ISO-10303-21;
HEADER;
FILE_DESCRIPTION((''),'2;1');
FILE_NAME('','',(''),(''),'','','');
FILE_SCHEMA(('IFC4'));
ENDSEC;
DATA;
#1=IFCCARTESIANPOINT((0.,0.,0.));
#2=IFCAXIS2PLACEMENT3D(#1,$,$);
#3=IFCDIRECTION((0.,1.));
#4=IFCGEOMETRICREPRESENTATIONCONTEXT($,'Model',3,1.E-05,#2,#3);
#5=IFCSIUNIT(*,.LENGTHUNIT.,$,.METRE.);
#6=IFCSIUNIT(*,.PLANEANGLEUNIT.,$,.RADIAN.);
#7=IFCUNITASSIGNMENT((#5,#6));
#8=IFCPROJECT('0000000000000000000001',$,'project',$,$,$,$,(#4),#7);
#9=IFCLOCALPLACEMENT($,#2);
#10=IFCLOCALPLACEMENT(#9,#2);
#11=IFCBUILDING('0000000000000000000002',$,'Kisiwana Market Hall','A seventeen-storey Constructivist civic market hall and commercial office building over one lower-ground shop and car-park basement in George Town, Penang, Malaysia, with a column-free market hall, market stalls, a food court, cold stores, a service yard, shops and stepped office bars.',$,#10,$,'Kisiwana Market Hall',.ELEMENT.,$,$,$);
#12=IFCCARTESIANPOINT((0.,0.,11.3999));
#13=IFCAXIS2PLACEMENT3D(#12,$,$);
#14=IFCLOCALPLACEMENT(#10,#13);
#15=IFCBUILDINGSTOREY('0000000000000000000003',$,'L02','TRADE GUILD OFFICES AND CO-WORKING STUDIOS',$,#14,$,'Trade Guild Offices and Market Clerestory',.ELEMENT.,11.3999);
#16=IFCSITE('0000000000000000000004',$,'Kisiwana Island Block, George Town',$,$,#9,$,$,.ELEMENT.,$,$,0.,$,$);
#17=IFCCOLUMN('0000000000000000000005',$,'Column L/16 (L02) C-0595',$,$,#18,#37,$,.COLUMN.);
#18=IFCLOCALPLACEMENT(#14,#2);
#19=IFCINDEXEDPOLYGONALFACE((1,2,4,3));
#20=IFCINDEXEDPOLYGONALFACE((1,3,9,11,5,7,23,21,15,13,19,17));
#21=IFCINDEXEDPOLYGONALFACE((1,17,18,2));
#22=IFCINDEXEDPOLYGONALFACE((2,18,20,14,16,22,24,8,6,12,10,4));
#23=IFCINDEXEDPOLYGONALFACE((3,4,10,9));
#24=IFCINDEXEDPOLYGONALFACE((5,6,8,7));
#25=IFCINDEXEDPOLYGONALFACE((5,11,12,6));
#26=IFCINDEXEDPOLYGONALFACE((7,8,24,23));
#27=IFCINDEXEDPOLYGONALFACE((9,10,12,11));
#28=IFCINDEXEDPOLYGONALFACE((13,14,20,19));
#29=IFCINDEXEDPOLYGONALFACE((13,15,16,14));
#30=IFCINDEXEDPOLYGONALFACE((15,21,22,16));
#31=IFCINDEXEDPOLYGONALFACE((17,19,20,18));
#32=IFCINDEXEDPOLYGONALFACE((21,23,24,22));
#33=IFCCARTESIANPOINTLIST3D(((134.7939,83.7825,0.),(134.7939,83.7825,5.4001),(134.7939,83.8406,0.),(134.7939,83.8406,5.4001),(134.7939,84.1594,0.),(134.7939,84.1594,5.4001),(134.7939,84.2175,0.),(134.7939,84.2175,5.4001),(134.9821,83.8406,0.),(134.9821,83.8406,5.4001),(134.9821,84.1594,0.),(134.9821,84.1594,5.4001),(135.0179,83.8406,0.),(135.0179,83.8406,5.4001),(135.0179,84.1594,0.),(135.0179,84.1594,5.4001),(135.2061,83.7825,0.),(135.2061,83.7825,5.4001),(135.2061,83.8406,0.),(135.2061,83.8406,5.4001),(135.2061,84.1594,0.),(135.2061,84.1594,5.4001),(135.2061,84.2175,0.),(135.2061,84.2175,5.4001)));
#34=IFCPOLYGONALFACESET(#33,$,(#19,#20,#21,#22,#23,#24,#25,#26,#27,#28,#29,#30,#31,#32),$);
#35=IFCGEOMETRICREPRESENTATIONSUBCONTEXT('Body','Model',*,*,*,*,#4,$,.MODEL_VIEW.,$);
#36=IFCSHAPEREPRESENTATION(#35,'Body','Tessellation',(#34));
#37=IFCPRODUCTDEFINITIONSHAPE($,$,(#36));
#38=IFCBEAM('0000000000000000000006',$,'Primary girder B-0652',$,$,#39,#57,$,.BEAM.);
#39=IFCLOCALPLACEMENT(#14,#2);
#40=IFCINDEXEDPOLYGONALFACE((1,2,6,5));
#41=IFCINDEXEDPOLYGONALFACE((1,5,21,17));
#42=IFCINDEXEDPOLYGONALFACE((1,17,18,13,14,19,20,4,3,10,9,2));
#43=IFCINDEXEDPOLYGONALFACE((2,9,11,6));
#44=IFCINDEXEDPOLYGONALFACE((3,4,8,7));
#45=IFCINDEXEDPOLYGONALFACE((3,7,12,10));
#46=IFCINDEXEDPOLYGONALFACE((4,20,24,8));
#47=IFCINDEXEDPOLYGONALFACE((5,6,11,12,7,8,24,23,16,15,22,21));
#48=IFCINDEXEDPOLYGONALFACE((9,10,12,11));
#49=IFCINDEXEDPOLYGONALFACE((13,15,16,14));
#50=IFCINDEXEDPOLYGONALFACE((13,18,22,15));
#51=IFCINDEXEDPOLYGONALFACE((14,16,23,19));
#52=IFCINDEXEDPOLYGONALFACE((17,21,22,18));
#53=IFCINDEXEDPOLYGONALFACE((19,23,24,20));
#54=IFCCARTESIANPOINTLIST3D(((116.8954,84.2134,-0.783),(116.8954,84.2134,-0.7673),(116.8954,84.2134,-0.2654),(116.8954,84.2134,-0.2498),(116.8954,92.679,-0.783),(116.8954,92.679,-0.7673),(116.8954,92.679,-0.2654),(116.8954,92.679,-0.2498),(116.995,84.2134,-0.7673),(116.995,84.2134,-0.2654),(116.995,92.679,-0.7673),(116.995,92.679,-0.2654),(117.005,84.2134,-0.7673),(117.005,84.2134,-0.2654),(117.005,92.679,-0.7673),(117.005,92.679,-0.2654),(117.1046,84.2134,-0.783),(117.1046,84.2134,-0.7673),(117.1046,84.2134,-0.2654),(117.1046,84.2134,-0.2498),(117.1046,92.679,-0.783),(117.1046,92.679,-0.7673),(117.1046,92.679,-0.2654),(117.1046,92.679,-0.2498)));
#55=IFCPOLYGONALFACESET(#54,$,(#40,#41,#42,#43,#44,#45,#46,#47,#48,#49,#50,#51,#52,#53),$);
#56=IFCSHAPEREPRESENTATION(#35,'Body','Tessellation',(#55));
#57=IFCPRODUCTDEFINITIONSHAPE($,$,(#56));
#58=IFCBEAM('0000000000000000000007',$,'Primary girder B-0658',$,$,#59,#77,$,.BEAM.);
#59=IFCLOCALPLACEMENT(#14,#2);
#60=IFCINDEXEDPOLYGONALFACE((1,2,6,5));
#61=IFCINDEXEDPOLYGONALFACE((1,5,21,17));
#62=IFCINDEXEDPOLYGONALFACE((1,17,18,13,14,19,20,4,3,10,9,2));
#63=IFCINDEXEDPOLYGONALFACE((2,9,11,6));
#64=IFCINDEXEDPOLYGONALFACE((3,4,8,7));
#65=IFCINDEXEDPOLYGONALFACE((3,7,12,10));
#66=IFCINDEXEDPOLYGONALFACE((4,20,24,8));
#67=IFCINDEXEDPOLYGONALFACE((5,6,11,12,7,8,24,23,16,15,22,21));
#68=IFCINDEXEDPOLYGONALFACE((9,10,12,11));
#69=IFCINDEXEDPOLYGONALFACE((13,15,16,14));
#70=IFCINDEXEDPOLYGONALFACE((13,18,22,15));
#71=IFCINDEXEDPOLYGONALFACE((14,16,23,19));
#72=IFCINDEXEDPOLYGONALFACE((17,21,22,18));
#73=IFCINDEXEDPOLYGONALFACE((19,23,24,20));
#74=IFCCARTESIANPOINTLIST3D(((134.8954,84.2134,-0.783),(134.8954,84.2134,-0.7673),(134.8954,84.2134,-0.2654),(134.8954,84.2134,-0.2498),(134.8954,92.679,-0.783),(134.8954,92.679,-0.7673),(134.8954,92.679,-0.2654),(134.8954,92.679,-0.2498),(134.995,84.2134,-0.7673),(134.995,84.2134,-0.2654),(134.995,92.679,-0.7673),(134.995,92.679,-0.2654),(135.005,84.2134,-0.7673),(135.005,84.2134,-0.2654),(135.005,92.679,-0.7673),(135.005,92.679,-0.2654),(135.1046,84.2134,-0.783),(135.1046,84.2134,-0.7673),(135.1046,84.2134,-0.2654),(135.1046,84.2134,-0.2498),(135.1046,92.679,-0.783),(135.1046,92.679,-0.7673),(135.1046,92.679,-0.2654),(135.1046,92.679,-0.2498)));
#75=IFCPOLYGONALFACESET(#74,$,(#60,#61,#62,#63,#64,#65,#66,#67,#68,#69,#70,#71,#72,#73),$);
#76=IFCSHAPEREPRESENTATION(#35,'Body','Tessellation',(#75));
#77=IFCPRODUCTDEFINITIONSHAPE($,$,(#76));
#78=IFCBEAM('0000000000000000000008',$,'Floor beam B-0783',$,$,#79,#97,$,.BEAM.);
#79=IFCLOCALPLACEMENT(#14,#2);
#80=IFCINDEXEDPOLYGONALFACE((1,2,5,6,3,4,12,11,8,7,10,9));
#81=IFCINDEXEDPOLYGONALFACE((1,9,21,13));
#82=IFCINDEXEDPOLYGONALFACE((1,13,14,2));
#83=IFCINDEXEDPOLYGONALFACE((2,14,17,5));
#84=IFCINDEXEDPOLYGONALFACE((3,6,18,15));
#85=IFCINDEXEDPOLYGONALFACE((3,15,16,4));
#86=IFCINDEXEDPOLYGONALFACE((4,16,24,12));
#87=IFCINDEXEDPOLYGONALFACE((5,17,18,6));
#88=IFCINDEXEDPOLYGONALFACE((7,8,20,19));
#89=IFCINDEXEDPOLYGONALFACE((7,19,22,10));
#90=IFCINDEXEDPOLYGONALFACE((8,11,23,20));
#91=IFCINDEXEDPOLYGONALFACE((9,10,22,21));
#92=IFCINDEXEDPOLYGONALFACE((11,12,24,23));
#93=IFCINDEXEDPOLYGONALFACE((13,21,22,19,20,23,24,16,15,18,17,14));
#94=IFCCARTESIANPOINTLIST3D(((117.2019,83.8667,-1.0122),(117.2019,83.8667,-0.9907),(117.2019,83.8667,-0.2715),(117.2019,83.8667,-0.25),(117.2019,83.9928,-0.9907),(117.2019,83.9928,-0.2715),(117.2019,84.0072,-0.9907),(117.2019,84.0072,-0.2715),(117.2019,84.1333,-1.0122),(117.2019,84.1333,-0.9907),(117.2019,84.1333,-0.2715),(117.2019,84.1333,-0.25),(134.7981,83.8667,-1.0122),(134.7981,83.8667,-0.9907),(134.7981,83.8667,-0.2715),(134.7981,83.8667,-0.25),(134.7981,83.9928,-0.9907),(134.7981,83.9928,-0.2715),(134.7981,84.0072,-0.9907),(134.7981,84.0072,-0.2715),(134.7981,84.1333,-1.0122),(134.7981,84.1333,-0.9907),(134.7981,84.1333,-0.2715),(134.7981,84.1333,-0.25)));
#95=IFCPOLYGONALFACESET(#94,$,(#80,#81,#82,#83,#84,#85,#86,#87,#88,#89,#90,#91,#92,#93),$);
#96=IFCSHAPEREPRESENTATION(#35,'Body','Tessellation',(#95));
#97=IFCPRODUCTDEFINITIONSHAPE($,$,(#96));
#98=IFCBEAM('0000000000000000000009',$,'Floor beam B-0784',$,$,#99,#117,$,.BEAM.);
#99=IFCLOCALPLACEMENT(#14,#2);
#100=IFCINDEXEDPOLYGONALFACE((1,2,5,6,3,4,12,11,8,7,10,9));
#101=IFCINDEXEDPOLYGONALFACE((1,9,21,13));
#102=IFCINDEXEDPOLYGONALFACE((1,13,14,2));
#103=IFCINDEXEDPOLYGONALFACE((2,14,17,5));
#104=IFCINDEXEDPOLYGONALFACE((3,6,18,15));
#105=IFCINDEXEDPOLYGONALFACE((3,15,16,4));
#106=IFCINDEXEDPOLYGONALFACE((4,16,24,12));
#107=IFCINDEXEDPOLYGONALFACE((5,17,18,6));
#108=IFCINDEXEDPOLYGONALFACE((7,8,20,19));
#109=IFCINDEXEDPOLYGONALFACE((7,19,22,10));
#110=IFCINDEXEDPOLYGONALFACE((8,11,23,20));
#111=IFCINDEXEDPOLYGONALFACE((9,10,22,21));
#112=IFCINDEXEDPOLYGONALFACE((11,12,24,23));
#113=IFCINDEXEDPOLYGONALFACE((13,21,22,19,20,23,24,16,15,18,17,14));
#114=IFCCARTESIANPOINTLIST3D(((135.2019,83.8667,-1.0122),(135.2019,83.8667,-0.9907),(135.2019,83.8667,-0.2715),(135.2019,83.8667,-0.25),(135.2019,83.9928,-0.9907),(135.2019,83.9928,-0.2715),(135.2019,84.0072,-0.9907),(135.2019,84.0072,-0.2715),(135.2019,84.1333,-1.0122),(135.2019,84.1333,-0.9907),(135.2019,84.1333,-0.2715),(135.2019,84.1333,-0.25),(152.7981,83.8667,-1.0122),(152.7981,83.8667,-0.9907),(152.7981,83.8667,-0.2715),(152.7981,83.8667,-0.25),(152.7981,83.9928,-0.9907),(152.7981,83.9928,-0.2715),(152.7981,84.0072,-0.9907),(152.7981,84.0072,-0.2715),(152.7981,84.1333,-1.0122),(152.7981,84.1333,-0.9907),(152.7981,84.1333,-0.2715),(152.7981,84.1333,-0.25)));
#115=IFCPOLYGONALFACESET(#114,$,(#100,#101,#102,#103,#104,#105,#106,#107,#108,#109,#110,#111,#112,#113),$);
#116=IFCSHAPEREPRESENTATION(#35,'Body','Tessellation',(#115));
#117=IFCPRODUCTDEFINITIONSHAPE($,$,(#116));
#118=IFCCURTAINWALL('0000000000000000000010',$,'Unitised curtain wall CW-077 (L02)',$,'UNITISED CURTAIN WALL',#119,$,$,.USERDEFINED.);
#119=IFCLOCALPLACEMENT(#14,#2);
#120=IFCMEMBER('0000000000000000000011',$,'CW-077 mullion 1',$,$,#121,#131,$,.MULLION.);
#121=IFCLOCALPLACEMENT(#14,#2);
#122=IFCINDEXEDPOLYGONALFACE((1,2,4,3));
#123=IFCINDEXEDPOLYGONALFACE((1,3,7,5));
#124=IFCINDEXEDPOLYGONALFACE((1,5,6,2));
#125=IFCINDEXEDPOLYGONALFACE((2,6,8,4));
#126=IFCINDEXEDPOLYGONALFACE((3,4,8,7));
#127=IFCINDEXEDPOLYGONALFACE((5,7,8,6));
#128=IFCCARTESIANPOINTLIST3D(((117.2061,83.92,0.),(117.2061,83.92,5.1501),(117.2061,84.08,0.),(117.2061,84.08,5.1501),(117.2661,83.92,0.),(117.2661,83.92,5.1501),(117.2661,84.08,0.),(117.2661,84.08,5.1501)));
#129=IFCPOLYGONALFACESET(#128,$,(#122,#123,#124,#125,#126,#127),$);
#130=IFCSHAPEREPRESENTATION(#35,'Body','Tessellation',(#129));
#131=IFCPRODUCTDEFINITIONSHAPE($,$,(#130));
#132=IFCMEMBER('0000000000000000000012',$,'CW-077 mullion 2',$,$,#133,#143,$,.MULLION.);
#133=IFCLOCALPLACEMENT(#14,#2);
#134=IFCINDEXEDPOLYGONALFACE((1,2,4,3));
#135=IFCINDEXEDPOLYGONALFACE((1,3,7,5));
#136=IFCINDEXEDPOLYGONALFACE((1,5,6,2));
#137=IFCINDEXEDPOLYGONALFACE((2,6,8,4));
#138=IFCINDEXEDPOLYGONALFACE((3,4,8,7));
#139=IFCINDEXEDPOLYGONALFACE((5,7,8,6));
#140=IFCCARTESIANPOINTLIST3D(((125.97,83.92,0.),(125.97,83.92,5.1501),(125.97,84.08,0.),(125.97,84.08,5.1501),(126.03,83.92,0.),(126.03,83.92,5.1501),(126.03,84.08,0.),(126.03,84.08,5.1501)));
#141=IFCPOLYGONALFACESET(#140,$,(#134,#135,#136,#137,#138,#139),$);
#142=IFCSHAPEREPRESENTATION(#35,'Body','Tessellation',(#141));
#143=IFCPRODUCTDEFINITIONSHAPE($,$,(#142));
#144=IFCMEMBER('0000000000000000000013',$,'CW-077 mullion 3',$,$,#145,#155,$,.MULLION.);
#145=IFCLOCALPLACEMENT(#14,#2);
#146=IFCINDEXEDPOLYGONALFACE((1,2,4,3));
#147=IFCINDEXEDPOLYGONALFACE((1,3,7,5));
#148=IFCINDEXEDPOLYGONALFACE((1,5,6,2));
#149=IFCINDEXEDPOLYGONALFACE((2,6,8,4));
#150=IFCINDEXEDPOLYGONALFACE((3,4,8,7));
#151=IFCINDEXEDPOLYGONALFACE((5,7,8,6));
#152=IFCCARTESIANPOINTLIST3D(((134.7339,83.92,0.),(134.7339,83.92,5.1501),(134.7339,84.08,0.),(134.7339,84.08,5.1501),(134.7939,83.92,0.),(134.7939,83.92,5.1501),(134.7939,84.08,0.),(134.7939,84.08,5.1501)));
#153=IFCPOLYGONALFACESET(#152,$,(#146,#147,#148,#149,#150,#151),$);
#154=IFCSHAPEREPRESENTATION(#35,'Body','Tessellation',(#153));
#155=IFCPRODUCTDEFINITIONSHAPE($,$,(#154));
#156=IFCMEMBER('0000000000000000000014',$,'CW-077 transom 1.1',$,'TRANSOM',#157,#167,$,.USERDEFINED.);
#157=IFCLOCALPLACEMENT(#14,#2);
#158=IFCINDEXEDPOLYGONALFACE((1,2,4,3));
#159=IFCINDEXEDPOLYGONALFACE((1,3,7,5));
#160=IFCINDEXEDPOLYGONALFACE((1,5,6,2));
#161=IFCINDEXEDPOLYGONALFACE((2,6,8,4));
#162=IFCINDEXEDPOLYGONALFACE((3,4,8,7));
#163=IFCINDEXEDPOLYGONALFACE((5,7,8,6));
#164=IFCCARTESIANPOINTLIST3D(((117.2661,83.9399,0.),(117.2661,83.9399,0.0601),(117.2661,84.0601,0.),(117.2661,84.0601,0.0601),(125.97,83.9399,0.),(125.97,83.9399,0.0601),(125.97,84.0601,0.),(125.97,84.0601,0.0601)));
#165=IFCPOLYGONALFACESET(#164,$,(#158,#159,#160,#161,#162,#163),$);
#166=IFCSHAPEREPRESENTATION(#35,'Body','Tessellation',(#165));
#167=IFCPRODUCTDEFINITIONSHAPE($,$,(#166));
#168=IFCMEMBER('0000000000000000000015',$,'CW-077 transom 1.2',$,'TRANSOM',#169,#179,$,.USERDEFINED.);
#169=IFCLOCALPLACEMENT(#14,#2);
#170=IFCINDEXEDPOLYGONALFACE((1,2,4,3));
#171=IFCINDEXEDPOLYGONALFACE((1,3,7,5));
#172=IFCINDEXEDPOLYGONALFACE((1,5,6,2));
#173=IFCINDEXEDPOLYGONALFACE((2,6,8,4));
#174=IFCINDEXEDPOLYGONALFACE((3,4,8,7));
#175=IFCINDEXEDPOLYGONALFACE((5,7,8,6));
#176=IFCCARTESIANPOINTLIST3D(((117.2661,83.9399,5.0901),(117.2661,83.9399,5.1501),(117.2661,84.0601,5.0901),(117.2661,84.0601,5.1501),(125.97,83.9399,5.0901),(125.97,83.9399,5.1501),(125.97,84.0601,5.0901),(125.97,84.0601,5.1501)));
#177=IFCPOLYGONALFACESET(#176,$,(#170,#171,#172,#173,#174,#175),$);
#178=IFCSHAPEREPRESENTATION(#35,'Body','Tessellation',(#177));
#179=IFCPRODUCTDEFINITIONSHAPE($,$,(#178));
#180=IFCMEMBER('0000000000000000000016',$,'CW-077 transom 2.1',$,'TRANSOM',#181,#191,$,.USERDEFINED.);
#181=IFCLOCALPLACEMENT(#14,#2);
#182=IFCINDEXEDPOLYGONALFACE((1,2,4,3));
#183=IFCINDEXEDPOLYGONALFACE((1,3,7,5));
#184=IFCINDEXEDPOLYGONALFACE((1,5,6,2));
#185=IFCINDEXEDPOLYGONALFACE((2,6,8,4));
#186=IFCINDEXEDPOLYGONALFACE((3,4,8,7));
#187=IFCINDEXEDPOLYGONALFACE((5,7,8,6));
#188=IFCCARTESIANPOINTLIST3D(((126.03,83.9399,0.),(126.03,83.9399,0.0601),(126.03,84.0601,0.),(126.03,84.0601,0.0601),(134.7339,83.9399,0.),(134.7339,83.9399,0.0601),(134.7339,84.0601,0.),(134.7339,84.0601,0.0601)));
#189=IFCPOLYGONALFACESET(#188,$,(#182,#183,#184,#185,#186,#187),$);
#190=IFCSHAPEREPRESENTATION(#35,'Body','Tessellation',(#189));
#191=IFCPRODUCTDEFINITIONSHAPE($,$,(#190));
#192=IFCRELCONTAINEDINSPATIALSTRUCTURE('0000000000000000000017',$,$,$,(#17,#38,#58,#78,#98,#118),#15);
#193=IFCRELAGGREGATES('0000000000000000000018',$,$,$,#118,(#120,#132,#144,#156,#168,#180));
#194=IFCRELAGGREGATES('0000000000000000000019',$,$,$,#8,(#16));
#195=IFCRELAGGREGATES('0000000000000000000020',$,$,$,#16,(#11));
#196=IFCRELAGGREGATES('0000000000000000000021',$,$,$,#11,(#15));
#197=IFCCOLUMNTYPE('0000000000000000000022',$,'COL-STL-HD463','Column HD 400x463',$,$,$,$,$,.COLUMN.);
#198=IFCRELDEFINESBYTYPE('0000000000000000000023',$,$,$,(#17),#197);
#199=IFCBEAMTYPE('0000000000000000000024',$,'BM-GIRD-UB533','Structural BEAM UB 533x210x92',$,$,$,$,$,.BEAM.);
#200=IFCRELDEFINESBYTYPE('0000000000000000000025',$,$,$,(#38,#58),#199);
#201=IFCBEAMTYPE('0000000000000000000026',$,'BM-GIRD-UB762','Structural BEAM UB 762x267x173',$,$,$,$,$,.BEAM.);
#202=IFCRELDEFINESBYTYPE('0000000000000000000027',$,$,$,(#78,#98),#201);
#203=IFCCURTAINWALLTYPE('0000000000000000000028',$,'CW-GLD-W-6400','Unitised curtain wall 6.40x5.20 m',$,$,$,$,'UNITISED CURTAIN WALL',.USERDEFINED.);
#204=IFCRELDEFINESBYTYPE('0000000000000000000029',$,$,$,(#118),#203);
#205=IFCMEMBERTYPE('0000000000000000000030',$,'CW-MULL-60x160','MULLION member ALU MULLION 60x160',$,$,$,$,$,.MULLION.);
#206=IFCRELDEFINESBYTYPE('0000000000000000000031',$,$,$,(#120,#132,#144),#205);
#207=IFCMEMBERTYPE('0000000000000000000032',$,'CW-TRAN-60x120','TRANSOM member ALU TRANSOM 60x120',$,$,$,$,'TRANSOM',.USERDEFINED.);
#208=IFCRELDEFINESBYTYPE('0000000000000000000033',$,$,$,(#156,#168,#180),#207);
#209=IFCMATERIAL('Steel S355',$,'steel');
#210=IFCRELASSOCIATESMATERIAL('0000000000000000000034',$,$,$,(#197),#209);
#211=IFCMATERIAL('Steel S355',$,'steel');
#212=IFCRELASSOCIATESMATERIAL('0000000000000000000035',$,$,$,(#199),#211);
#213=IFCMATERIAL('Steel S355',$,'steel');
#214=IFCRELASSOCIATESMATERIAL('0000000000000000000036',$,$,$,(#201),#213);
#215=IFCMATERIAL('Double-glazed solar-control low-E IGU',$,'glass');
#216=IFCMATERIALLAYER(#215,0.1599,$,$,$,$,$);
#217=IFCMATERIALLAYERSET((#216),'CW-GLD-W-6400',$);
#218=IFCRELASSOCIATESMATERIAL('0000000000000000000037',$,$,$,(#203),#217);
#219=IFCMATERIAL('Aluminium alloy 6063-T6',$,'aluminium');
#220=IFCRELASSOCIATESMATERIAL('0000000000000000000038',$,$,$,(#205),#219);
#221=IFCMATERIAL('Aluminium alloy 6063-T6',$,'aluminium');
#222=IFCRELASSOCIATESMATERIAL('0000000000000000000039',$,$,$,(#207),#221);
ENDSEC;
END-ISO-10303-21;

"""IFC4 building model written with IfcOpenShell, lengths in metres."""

from ifc_helpers import new_model, si_unit, direction, frame, origin, origin_2d, place, context, subcontext, project, spatial, rectangle, i_section, extrude, material, layer, layer_set, material_profile, profile_set, type_object, element, aggregate, save


model = new_model("IFC4")

# Units and contexts
model_context = context("Model", 3, precision=1e-05, world=origin(), true_north=direction((0.0, 1.0)))
body_context = subcontext(model_context, "Body", "Model", "MODEL_VIEW")
ifc_project = project(units=[si_unit("LENGTHUNIT", "METRE"), si_unit("PLANEANGLEUNIT", "RADIAN")], contexts=[model_context])

# Site, building, storey
site_placement = place(None, origin())
site = spatial("IfcSite", under=ifc_project, at=site_placement, Name="Kisiwana Island Block, George Town", CompositionType="ELEMENT", RefElevation=0.0)
building_placement = place(site_placement, origin())
building = spatial("IfcBuilding", under=site, at=building_placement, Name="Kisiwana Market Hall", Description="A seventeen-storey Constructivist civic market hall and commercial office building over one lower-ground shop and car-park basement in George Town, Penang, Malaysia, with a column-free market hall, market stalls, a food court, cold stores, a service yard, shops and stepped office bars.", LongName="Kisiwana Market Hall", CompositionType="ELEMENT")
storey_placement = place(building_placement, frame((0.0, 0.0, 11.3999)))
storey = spatial("IfcBuildingStorey", under=building, at=storey_placement, Name="L02", Description="TRADE GUILD OFFICES AND CO-WORKING STUDIOS", LongName="Trade Guild Offices and Market Clerestory", CompositionType="ELEMENT", Elevation=11.3999)

# Column
ifc_material_1 = material(Name="Steel S355", Category="steel")
ifc_material_profile_1 = material_profile(ifc_material_1, i_section(OverallWidth=0.4121, OverallDepth=0.4351, WebThickness=0.0359, FlangeThickness=0.0581, at=origin_2d()), Name="HD 400x463")
ifc_profile_set_1 = profile_set([ifc_material_profile_1], Name="Steel S355")
column_type = type_object("IfcColumnType", Name="COL-STL-HD463", Description="Column HD 400x463", PredefinedType="COLUMN", material=ifc_profile_set_1)
column_placement = place(storey_placement, frame((135.0, 84.0, 0.0), z_axis=(0.0, 0.0, 1.0), x_axis=(1.0, 0.0, 0.0)))
element("IfcColumn", 1, at=column_placement, inside=storey, type_object=column_type, Name="Column L/16 (L02) C-0595", PredefinedType="COLUMN", context=body_context, shape_type="SweptSolid", body=[
    extrude(i_section(OverallWidth=0.4121, OverallDepth=0.4351, WebThickness=0.0359, FlangeThickness=0.0581, at=origin_2d()), origin(), (0.0, 0.0, 1.0), 5.4001),
])

# Beams
ifc_material_2 = material(Name="Steel S355", Category="steel")
ifc_material_profile_2 = material_profile(ifc_material_2, i_section(OverallWidth=0.2092, OverallDepth=0.5332, WebThickness=0.01, FlangeThickness=0.0156, at=origin_2d()), Name="UB 533x210x92")
ifc_profile_set_2 = profile_set([ifc_material_profile_2], Name="Steel S355")
beam_type_1 = type_object("IfcBeamType", Name="BM-GIRD-UB533", Description="Structural BEAM UB 533x210x92", PredefinedType="BEAM", material=ifc_profile_set_2)
for number, where, z_axis, x_axis, name in (
    (2, (117.0, 84.2134, -0.5164), (0.0, 1.0, 0.0), (-1.0, 0.0, 0.0), "Primary girder B-0652"),
    (3, (135.0, 84.2134, -0.5164), (0.0, 1.0, 0.0), (-1.0, 0.0, 0.0), "Primary girder B-0658"),
):
    element("IfcBeam", number, at=place(storey_placement, frame(where, z_axis=z_axis, x_axis=x_axis)), inside=storey, type_object=beam_type_1, Name=name, PredefinedType="BEAM", context=body_context, shape_type="SweptSolid", body=[
        extrude(i_section(OverallWidth=0.2092, OverallDepth=0.5332, WebThickness=0.01, FlangeThickness=0.0156, at=origin_2d()), origin(), (0.0, 0.0, 1.0), 8.4656),
    ])
ifc_material_3 = material(Name="Steel S355", Category="steel")
ifc_material_profile_3 = material_profile(ifc_material_3, i_section(OverallWidth=0.2666, OverallDepth=0.7622, WebThickness=0.0144, FlangeThickness=0.0215, at=origin_2d()), Name="UB 762x267x173")
ifc_profile_set_3 = profile_set([ifc_material_profile_3], Name="Steel S355")
beam_type_2 = type_object("IfcBeamType", Name="BM-GIRD-UB762", Description="Structural BEAM UB 762x267x173", PredefinedType="BEAM", material=ifc_profile_set_3)
for number, where, z_axis, x_axis, name in (
    (4, (117.2019, 84.0, -0.6311), (1.0, 0.0, 0.0), (0.0, 1.0, 0.0), "Floor beam B-0783"),
    (5, (135.2019, 84.0, -0.6311), (1.0, 0.0, 0.0), (0.0, 1.0, 0.0), "Floor beam B-0784"),
):
    element("IfcBeam", number, at=place(storey_placement, frame(where, z_axis=z_axis, x_axis=x_axis)), inside=storey, type_object=beam_type_2, Name=name, PredefinedType="BEAM", context=body_context, shape_type="SweptSolid", body=[
        extrude(i_section(OverallWidth=0.2666, OverallDepth=0.7622, WebThickness=0.0144, FlangeThickness=0.0215, at=origin_2d()), origin(), (0.0, 0.0, 1.0), 17.5962),
    ])

# Curtain wall, members
ifc_material_4 = material(Name="Double-glazed solar-control low-E IGU", Category="glass")
ifc_layer_1 = layer(ifc_material_4, 0.1599)
ifc_layer_set_1 = layer_set([ifc_layer_1], Name="CW-GLD-W-6400")
curtain_wall_type = type_object("IfcCurtainWallType", Name="CW-GLD-W-6400", Description="Unitised curtain wall 6.40x5.20 m", ElementType="UNITISED CURTAIN WALL", PredefinedType="USERDEFINED", material=ifc_layer_set_1)
curtain_wall_placement = place(storey_placement, origin())
curtain_wall = element("IfcCurtainWall", 6, at=curtain_wall_placement, inside=storey, type_object=curtain_wall_type, Name="Unitised curtain wall CW-077 (L02)", ObjectType="UNITISED CURTAIN WALL", PredefinedType="USERDEFINED")
ifc_material_5 = material(Name="Aluminium alloy 6063-T6", Category="aluminium")
ifc_material_profile_4 = material_profile(ifc_material_5, rectangle(XDim=0.0601, YDim=0.1599, at=origin_2d()), Name="ALU MULLION 60x160")
ifc_profile_set_4 = profile_set([ifc_material_profile_4], Name="Aluminium alloy 6063-T6")
member_type_1 = type_object("IfcMemberType", Name="CW-MULL-60x160", Description="MULLION member ALU MULLION 60x160", PredefinedType="MULLION", material=ifc_profile_set_4)
member_1_placement = place(storey_placement, frame((117.2361, 84.0, 0.0), z_axis=(0.0, 0.0, 1.0), x_axis=(1.0, 0.0, 0.0)))
member_1 = element("IfcMember", 7, at=member_1_placement, type_object=member_type_1, Name="CW-077 mullion 1", PredefinedType="MULLION", context=body_context, shape_type="SweptSolid", body=[
    extrude(rectangle(XDim=0.0601, YDim=0.1599, at=origin_2d()), origin(), (0.0, 0.0, 1.0), 5.1501),
])
member_2_placement = place(storey_placement, frame((126.0, 84.0, 0.0), z_axis=(0.0, 0.0, 1.0), x_axis=(1.0, 0.0, 0.0)))
member_2 = element("IfcMember", 8, at=member_2_placement, type_object=member_type_1, Name="CW-077 mullion 2", PredefinedType="MULLION", context=body_context, shape_type="SweptSolid", body=[
    extrude(rectangle(XDim=0.0601, YDim=0.1599, at=origin_2d()), origin(), (0.0, 0.0, 1.0), 5.1501),
])
member_3_placement = place(storey_placement, frame((134.7639, 84.0, 0.0), z_axis=(0.0, 0.0, 1.0), x_axis=(1.0, 0.0, 0.0)))
member_3 = element("IfcMember", 9, at=member_3_placement, type_object=member_type_1, Name="CW-077 mullion 3", PredefinedType="MULLION", context=body_context, shape_type="SweptSolid", body=[
    extrude(rectangle(XDim=0.0601, YDim=0.1599, at=origin_2d()), origin(), (0.0, 0.0, 1.0), 5.1501),
])
ifc_material_6 = material(Name="Aluminium alloy 6063-T6", Category="aluminium")
ifc_material_profile_5 = material_profile(ifc_material_6, rectangle(XDim=0.1201, YDim=0.0601, at=origin_2d()), Name="ALU TRANSOM 60x120")
ifc_profile_set_5 = profile_set([ifc_material_profile_5], Name="Aluminium alloy 6063-T6")
member_type_2 = type_object("IfcMemberType", Name="CW-TRAN-60x120", Description="TRANSOM member ALU TRANSOM 60x120", ElementType="TRANSOM", PredefinedType="USERDEFINED", material=ifc_profile_set_5)
member_4_placement = place(storey_placement, frame((117.2661, 84.0, 0.03), z_axis=(1.0, 0.0, 0.0), x_axis=(0.0, 1.0, 0.0)))
member_4 = element("IfcMember", 10, at=member_4_placement, type_object=member_type_2, Name="CW-077 transom 1.1", ObjectType="TRANSOM", PredefinedType="USERDEFINED", context=body_context, shape_type="SweptSolid", body=[
    extrude(rectangle(XDim=0.1201, YDim=0.0601, at=origin_2d()), origin(), (0.0, 0.0, 1.0), 8.7039),
])
member_5_placement = place(storey_placement, frame((117.2661, 84.0, 5.1201), z_axis=(1.0, 0.0, 0.0), x_axis=(0.0, 1.0, 0.0)))
member_5 = element("IfcMember", 11, at=member_5_placement, type_object=member_type_2, Name="CW-077 transom 1.2", ObjectType="TRANSOM", PredefinedType="USERDEFINED", context=body_context, shape_type="SweptSolid", body=[
    extrude(rectangle(XDim=0.1201, YDim=0.0601, at=origin_2d()), origin(), (0.0, 0.0, 1.0), 8.7039),
])
member_6_placement = place(storey_placement, frame((126.03, 84.0, 0.03), z_axis=(1.0, 0.0, 0.0), x_axis=(0.0, 1.0, 0.0)))
member_6 = element("IfcMember", 12, at=member_6_placement, type_object=member_type_2, Name="CW-077 transom 2.1", ObjectType="TRANSOM", PredefinedType="USERDEFINED", context=body_context, shape_type="SweptSolid", body=[
    extrude(rectangle(XDim=0.1201, YDim=0.0601, at=origin_2d()), origin(), (0.0, 0.0, 1.0), 8.7039),
])
aggregate(curtain_wall, [member_1, member_2, member_3, member_4, member_5, member_6])

save(model, "model.ifc")
